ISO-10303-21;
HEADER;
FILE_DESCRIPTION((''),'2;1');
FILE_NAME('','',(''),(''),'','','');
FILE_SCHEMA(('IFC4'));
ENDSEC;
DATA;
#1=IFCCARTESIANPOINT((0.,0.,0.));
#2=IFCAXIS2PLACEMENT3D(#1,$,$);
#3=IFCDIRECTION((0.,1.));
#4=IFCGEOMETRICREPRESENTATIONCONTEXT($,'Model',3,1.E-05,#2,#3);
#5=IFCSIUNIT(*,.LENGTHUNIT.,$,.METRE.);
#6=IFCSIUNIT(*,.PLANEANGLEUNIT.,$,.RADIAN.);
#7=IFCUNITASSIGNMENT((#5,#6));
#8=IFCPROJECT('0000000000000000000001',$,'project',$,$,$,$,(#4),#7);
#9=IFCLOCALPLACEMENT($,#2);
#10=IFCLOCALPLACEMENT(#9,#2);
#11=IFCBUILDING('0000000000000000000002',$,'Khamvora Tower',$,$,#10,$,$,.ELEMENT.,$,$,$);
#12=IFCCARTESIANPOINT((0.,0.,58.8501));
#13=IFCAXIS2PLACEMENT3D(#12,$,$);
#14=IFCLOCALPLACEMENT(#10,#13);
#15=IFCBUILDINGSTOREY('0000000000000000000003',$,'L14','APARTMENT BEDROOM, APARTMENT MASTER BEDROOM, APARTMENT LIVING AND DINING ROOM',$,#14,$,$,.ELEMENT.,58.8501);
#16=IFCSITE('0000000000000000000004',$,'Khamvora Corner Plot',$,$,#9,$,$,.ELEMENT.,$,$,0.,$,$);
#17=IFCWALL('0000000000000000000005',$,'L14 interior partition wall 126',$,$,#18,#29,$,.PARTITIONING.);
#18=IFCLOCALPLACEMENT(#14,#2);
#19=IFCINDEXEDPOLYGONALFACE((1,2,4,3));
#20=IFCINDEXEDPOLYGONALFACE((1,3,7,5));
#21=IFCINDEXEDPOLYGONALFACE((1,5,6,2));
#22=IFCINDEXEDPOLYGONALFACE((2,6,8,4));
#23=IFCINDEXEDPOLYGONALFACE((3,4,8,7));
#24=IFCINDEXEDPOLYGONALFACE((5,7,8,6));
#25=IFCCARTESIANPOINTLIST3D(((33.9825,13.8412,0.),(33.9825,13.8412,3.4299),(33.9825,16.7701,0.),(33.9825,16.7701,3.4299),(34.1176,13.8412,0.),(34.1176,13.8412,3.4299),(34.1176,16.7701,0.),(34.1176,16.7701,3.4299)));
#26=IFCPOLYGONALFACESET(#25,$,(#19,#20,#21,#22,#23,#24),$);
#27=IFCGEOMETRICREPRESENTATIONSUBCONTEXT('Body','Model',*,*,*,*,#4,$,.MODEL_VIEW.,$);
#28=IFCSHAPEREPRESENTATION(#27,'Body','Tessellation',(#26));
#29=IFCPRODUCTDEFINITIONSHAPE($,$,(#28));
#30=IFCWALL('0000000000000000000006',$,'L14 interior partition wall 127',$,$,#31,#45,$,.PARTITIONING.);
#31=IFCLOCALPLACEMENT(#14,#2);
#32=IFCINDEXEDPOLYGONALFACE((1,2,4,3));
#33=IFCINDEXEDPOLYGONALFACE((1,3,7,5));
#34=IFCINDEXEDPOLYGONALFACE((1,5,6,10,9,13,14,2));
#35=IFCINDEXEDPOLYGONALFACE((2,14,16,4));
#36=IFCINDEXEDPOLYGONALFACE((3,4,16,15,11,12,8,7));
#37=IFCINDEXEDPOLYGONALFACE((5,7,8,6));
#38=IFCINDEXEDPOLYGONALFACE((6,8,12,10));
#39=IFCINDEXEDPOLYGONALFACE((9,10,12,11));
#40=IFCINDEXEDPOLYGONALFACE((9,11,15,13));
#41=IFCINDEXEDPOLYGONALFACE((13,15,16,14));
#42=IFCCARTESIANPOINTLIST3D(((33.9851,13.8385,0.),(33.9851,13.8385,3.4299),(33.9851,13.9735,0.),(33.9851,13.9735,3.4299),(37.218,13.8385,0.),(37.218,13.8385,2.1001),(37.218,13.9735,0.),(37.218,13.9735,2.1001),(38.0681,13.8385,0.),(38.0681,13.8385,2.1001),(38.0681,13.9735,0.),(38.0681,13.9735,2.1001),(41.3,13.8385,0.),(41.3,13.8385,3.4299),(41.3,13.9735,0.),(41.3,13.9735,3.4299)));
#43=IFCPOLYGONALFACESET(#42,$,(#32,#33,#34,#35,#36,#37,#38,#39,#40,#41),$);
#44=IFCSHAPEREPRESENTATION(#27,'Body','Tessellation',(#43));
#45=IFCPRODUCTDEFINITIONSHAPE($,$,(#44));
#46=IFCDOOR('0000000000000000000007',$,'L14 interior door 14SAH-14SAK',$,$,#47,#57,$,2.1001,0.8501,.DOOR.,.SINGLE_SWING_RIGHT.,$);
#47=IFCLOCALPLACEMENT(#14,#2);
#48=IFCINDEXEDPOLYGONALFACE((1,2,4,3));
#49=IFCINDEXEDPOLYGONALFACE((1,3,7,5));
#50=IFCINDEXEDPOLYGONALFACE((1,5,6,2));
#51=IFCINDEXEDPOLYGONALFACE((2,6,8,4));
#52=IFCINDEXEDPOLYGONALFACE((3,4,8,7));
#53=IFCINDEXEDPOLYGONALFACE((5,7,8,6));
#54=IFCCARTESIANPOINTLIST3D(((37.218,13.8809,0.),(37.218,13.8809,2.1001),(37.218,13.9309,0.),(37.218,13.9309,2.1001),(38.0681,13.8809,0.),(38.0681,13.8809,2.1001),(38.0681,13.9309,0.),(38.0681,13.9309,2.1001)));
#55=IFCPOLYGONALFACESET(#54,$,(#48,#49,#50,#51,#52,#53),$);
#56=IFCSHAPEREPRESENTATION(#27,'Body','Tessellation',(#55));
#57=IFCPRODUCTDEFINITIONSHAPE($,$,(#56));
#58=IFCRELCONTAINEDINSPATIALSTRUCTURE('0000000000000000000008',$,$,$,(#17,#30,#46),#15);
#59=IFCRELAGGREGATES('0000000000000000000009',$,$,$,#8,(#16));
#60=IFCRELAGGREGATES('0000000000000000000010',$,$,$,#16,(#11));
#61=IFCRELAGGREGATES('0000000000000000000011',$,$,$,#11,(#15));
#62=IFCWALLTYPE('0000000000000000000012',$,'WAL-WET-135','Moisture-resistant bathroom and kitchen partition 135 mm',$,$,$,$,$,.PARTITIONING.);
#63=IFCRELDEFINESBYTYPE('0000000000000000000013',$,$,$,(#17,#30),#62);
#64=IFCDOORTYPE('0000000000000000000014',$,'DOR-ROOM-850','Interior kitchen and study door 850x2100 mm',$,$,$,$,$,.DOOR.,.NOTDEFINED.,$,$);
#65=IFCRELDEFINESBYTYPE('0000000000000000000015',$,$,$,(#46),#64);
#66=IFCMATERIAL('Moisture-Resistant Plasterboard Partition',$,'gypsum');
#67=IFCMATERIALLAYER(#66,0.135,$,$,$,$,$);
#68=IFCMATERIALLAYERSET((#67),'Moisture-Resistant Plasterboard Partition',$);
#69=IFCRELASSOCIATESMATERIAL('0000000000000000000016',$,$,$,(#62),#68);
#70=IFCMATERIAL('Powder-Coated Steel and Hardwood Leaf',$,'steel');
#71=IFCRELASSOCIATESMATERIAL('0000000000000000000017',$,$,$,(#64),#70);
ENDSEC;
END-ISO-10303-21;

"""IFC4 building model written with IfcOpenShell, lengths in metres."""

from ifc_helpers import new_model, si_unit, direction, frame, frame_2d, origin, place, context, subcontext, project, spatial, rectangle, extrude, material, layer, layer_set, type_object, element, fill, save


model = new_model("IFC4")

# Units and contexts
model_context = context("Model", 3, precision=1e-05, world=origin(), true_north=direction((0.0, 1.0)))
body_context = subcontext(model_context, "Body", "Model", "MODEL_VIEW")
ifc_project = project(units=[si_unit("LENGTHUNIT", "METRE"), si_unit("PLANEANGLEUNIT", "RADIAN")], contexts=[model_context])

# Site, building, storey
site_placement = place(None, origin())
site = spatial("IfcSite", under=ifc_project, at=site_placement, Name="Khamvora Corner Plot", CompositionType="ELEMENT", RefElevation=0.0)
building_placement = place(site_placement, origin())
building = spatial("IfcBuilding", under=site, at=building_placement, Name="Khamvora Tower", CompositionType="ELEMENT")
storey_placement = place(building_placement, frame((0.0, 0.0, 58.8501)))
storey = spatial("IfcBuildingStorey", under=building, at=storey_placement, Name="L14", Description="APARTMENT BEDROOM, APARTMENT MASTER BEDROOM, APARTMENT LIVING AND DINING ROOM", CompositionType="ELEMENT", Elevation=58.8501)

# Shared definitions
ifc_material_1 = material(Name="Powder-Coated Steel and Hardwood Leaf", Category="steel")

# Shared definitions
ifc_material_2 = material(Name="Moisture-Resistant Plasterboard Partition", Category="gypsum")
ifc_layer_1 = layer(ifc_material_2, 0.135)
ifc_layer_set_1 = layer_set([ifc_layer_1], Name="Moisture-Resistant Plasterboard Partition")
wall_type_1 = type_object("IfcWallType", Name="WAL-WET-135", Description="Moisture-resistant bathroom and kitchen partition 135 mm", PredefinedType="PARTITIONING", material=ifc_layer_set_1)

# Wall
for number, where, z_axis, x_axis, name in (
    (1, (34.05, 16.77, 0.0), (0.0, 0.0, 1.0), (0.0, -1.0, 0.0), "L14 interior partition wall 126"),
):
    element("IfcWall", number, at=place(storey_placement, frame(where, z_axis=z_axis, x_axis=x_axis)), inside=storey, type_object=wall_type_1, Name=name, PredefinedType="PARTITIONING", context=body_context, shape_type="SweptSolid", body=[
        extrude(rectangle(XDim=2.929, YDim=0.135, at=frame_2d((1.4644, 0.0))), origin(), (0.0, 0.0, 1.0), 3.4299),
    ])

# Wall, opening, door
wall_1_placement = place(storey_placement, frame((33.9851, 13.906, 0.0), z_axis=(0.0, 0.0, 1.0), x_axis=(1.0, 0.0, 0.0)))
wall_1 = element("IfcWall", 2, at=wall_1_placement, inside=storey, type_object=wall_type_1, Name="L14 interior partition wall 127", PredefinedType="PARTITIONING", context=body_context, shape_type="SweptSolid", body=[
    extrude(rectangle(XDim=7.3149, YDim=0.135, at=frame_2d((3.6575, 0.0))), origin(), (0.0, 0.0, 1.0), 3.4299),
])
opening_1_placement = place(wall_1_placement, frame((3.2329, 0.0, 0.0)))
opening_1 = element("IfcOpeningElement", 3, at=opening_1_placement, cuts=wall_1, PredefinedType="OPENING", context=body_context, shape_type="SweptSolid", body=[
    extrude(rectangle(XDim=0.8501, YDim=2.1001, at=frame_2d((0.425, 1.05))), frame((0.0, 0.0774, 0.0), z_axis=(0.0, -1.0, 0.0), x_axis=(1.0, 0.0, 0.0)), (0.0, 0.0, 1.0), 0.155),
])
door_type_1 = type_object("IfcDoorType", Name="DOR-ROOM-850", Description="Interior kitchen and study door 850x2100 mm", OperationType="NOTDEFINED", PredefinedType="DOOR", material=ifc_material_1)
door_1_placement = place(opening_1_placement, origin())
door_1 = element("IfcDoor", 4, at=door_1_placement, inside=storey, type_object=door_type_1, Name="L14 interior door 14SAH-14SAK", OperationType="SINGLE_SWING_RIGHT", OverallHeight=2.1001, OverallWidth=0.8501, PredefinedType="DOOR", context=body_context, shape_type="SweptSolid", body=[
    extrude(rectangle(XDim=0.8501, YDim=2.1001, at=frame_2d((0.425, 1.05))), frame((0.0, 0.0249, 0.0), z_axis=(0.0, -1.0, 0.0), x_axis=(1.0, 0.0, 0.0)), (0.0, 0.0, 1.0), 0.05),
])
fill(opening_1, door_1)

save(model, "model.ifc")
